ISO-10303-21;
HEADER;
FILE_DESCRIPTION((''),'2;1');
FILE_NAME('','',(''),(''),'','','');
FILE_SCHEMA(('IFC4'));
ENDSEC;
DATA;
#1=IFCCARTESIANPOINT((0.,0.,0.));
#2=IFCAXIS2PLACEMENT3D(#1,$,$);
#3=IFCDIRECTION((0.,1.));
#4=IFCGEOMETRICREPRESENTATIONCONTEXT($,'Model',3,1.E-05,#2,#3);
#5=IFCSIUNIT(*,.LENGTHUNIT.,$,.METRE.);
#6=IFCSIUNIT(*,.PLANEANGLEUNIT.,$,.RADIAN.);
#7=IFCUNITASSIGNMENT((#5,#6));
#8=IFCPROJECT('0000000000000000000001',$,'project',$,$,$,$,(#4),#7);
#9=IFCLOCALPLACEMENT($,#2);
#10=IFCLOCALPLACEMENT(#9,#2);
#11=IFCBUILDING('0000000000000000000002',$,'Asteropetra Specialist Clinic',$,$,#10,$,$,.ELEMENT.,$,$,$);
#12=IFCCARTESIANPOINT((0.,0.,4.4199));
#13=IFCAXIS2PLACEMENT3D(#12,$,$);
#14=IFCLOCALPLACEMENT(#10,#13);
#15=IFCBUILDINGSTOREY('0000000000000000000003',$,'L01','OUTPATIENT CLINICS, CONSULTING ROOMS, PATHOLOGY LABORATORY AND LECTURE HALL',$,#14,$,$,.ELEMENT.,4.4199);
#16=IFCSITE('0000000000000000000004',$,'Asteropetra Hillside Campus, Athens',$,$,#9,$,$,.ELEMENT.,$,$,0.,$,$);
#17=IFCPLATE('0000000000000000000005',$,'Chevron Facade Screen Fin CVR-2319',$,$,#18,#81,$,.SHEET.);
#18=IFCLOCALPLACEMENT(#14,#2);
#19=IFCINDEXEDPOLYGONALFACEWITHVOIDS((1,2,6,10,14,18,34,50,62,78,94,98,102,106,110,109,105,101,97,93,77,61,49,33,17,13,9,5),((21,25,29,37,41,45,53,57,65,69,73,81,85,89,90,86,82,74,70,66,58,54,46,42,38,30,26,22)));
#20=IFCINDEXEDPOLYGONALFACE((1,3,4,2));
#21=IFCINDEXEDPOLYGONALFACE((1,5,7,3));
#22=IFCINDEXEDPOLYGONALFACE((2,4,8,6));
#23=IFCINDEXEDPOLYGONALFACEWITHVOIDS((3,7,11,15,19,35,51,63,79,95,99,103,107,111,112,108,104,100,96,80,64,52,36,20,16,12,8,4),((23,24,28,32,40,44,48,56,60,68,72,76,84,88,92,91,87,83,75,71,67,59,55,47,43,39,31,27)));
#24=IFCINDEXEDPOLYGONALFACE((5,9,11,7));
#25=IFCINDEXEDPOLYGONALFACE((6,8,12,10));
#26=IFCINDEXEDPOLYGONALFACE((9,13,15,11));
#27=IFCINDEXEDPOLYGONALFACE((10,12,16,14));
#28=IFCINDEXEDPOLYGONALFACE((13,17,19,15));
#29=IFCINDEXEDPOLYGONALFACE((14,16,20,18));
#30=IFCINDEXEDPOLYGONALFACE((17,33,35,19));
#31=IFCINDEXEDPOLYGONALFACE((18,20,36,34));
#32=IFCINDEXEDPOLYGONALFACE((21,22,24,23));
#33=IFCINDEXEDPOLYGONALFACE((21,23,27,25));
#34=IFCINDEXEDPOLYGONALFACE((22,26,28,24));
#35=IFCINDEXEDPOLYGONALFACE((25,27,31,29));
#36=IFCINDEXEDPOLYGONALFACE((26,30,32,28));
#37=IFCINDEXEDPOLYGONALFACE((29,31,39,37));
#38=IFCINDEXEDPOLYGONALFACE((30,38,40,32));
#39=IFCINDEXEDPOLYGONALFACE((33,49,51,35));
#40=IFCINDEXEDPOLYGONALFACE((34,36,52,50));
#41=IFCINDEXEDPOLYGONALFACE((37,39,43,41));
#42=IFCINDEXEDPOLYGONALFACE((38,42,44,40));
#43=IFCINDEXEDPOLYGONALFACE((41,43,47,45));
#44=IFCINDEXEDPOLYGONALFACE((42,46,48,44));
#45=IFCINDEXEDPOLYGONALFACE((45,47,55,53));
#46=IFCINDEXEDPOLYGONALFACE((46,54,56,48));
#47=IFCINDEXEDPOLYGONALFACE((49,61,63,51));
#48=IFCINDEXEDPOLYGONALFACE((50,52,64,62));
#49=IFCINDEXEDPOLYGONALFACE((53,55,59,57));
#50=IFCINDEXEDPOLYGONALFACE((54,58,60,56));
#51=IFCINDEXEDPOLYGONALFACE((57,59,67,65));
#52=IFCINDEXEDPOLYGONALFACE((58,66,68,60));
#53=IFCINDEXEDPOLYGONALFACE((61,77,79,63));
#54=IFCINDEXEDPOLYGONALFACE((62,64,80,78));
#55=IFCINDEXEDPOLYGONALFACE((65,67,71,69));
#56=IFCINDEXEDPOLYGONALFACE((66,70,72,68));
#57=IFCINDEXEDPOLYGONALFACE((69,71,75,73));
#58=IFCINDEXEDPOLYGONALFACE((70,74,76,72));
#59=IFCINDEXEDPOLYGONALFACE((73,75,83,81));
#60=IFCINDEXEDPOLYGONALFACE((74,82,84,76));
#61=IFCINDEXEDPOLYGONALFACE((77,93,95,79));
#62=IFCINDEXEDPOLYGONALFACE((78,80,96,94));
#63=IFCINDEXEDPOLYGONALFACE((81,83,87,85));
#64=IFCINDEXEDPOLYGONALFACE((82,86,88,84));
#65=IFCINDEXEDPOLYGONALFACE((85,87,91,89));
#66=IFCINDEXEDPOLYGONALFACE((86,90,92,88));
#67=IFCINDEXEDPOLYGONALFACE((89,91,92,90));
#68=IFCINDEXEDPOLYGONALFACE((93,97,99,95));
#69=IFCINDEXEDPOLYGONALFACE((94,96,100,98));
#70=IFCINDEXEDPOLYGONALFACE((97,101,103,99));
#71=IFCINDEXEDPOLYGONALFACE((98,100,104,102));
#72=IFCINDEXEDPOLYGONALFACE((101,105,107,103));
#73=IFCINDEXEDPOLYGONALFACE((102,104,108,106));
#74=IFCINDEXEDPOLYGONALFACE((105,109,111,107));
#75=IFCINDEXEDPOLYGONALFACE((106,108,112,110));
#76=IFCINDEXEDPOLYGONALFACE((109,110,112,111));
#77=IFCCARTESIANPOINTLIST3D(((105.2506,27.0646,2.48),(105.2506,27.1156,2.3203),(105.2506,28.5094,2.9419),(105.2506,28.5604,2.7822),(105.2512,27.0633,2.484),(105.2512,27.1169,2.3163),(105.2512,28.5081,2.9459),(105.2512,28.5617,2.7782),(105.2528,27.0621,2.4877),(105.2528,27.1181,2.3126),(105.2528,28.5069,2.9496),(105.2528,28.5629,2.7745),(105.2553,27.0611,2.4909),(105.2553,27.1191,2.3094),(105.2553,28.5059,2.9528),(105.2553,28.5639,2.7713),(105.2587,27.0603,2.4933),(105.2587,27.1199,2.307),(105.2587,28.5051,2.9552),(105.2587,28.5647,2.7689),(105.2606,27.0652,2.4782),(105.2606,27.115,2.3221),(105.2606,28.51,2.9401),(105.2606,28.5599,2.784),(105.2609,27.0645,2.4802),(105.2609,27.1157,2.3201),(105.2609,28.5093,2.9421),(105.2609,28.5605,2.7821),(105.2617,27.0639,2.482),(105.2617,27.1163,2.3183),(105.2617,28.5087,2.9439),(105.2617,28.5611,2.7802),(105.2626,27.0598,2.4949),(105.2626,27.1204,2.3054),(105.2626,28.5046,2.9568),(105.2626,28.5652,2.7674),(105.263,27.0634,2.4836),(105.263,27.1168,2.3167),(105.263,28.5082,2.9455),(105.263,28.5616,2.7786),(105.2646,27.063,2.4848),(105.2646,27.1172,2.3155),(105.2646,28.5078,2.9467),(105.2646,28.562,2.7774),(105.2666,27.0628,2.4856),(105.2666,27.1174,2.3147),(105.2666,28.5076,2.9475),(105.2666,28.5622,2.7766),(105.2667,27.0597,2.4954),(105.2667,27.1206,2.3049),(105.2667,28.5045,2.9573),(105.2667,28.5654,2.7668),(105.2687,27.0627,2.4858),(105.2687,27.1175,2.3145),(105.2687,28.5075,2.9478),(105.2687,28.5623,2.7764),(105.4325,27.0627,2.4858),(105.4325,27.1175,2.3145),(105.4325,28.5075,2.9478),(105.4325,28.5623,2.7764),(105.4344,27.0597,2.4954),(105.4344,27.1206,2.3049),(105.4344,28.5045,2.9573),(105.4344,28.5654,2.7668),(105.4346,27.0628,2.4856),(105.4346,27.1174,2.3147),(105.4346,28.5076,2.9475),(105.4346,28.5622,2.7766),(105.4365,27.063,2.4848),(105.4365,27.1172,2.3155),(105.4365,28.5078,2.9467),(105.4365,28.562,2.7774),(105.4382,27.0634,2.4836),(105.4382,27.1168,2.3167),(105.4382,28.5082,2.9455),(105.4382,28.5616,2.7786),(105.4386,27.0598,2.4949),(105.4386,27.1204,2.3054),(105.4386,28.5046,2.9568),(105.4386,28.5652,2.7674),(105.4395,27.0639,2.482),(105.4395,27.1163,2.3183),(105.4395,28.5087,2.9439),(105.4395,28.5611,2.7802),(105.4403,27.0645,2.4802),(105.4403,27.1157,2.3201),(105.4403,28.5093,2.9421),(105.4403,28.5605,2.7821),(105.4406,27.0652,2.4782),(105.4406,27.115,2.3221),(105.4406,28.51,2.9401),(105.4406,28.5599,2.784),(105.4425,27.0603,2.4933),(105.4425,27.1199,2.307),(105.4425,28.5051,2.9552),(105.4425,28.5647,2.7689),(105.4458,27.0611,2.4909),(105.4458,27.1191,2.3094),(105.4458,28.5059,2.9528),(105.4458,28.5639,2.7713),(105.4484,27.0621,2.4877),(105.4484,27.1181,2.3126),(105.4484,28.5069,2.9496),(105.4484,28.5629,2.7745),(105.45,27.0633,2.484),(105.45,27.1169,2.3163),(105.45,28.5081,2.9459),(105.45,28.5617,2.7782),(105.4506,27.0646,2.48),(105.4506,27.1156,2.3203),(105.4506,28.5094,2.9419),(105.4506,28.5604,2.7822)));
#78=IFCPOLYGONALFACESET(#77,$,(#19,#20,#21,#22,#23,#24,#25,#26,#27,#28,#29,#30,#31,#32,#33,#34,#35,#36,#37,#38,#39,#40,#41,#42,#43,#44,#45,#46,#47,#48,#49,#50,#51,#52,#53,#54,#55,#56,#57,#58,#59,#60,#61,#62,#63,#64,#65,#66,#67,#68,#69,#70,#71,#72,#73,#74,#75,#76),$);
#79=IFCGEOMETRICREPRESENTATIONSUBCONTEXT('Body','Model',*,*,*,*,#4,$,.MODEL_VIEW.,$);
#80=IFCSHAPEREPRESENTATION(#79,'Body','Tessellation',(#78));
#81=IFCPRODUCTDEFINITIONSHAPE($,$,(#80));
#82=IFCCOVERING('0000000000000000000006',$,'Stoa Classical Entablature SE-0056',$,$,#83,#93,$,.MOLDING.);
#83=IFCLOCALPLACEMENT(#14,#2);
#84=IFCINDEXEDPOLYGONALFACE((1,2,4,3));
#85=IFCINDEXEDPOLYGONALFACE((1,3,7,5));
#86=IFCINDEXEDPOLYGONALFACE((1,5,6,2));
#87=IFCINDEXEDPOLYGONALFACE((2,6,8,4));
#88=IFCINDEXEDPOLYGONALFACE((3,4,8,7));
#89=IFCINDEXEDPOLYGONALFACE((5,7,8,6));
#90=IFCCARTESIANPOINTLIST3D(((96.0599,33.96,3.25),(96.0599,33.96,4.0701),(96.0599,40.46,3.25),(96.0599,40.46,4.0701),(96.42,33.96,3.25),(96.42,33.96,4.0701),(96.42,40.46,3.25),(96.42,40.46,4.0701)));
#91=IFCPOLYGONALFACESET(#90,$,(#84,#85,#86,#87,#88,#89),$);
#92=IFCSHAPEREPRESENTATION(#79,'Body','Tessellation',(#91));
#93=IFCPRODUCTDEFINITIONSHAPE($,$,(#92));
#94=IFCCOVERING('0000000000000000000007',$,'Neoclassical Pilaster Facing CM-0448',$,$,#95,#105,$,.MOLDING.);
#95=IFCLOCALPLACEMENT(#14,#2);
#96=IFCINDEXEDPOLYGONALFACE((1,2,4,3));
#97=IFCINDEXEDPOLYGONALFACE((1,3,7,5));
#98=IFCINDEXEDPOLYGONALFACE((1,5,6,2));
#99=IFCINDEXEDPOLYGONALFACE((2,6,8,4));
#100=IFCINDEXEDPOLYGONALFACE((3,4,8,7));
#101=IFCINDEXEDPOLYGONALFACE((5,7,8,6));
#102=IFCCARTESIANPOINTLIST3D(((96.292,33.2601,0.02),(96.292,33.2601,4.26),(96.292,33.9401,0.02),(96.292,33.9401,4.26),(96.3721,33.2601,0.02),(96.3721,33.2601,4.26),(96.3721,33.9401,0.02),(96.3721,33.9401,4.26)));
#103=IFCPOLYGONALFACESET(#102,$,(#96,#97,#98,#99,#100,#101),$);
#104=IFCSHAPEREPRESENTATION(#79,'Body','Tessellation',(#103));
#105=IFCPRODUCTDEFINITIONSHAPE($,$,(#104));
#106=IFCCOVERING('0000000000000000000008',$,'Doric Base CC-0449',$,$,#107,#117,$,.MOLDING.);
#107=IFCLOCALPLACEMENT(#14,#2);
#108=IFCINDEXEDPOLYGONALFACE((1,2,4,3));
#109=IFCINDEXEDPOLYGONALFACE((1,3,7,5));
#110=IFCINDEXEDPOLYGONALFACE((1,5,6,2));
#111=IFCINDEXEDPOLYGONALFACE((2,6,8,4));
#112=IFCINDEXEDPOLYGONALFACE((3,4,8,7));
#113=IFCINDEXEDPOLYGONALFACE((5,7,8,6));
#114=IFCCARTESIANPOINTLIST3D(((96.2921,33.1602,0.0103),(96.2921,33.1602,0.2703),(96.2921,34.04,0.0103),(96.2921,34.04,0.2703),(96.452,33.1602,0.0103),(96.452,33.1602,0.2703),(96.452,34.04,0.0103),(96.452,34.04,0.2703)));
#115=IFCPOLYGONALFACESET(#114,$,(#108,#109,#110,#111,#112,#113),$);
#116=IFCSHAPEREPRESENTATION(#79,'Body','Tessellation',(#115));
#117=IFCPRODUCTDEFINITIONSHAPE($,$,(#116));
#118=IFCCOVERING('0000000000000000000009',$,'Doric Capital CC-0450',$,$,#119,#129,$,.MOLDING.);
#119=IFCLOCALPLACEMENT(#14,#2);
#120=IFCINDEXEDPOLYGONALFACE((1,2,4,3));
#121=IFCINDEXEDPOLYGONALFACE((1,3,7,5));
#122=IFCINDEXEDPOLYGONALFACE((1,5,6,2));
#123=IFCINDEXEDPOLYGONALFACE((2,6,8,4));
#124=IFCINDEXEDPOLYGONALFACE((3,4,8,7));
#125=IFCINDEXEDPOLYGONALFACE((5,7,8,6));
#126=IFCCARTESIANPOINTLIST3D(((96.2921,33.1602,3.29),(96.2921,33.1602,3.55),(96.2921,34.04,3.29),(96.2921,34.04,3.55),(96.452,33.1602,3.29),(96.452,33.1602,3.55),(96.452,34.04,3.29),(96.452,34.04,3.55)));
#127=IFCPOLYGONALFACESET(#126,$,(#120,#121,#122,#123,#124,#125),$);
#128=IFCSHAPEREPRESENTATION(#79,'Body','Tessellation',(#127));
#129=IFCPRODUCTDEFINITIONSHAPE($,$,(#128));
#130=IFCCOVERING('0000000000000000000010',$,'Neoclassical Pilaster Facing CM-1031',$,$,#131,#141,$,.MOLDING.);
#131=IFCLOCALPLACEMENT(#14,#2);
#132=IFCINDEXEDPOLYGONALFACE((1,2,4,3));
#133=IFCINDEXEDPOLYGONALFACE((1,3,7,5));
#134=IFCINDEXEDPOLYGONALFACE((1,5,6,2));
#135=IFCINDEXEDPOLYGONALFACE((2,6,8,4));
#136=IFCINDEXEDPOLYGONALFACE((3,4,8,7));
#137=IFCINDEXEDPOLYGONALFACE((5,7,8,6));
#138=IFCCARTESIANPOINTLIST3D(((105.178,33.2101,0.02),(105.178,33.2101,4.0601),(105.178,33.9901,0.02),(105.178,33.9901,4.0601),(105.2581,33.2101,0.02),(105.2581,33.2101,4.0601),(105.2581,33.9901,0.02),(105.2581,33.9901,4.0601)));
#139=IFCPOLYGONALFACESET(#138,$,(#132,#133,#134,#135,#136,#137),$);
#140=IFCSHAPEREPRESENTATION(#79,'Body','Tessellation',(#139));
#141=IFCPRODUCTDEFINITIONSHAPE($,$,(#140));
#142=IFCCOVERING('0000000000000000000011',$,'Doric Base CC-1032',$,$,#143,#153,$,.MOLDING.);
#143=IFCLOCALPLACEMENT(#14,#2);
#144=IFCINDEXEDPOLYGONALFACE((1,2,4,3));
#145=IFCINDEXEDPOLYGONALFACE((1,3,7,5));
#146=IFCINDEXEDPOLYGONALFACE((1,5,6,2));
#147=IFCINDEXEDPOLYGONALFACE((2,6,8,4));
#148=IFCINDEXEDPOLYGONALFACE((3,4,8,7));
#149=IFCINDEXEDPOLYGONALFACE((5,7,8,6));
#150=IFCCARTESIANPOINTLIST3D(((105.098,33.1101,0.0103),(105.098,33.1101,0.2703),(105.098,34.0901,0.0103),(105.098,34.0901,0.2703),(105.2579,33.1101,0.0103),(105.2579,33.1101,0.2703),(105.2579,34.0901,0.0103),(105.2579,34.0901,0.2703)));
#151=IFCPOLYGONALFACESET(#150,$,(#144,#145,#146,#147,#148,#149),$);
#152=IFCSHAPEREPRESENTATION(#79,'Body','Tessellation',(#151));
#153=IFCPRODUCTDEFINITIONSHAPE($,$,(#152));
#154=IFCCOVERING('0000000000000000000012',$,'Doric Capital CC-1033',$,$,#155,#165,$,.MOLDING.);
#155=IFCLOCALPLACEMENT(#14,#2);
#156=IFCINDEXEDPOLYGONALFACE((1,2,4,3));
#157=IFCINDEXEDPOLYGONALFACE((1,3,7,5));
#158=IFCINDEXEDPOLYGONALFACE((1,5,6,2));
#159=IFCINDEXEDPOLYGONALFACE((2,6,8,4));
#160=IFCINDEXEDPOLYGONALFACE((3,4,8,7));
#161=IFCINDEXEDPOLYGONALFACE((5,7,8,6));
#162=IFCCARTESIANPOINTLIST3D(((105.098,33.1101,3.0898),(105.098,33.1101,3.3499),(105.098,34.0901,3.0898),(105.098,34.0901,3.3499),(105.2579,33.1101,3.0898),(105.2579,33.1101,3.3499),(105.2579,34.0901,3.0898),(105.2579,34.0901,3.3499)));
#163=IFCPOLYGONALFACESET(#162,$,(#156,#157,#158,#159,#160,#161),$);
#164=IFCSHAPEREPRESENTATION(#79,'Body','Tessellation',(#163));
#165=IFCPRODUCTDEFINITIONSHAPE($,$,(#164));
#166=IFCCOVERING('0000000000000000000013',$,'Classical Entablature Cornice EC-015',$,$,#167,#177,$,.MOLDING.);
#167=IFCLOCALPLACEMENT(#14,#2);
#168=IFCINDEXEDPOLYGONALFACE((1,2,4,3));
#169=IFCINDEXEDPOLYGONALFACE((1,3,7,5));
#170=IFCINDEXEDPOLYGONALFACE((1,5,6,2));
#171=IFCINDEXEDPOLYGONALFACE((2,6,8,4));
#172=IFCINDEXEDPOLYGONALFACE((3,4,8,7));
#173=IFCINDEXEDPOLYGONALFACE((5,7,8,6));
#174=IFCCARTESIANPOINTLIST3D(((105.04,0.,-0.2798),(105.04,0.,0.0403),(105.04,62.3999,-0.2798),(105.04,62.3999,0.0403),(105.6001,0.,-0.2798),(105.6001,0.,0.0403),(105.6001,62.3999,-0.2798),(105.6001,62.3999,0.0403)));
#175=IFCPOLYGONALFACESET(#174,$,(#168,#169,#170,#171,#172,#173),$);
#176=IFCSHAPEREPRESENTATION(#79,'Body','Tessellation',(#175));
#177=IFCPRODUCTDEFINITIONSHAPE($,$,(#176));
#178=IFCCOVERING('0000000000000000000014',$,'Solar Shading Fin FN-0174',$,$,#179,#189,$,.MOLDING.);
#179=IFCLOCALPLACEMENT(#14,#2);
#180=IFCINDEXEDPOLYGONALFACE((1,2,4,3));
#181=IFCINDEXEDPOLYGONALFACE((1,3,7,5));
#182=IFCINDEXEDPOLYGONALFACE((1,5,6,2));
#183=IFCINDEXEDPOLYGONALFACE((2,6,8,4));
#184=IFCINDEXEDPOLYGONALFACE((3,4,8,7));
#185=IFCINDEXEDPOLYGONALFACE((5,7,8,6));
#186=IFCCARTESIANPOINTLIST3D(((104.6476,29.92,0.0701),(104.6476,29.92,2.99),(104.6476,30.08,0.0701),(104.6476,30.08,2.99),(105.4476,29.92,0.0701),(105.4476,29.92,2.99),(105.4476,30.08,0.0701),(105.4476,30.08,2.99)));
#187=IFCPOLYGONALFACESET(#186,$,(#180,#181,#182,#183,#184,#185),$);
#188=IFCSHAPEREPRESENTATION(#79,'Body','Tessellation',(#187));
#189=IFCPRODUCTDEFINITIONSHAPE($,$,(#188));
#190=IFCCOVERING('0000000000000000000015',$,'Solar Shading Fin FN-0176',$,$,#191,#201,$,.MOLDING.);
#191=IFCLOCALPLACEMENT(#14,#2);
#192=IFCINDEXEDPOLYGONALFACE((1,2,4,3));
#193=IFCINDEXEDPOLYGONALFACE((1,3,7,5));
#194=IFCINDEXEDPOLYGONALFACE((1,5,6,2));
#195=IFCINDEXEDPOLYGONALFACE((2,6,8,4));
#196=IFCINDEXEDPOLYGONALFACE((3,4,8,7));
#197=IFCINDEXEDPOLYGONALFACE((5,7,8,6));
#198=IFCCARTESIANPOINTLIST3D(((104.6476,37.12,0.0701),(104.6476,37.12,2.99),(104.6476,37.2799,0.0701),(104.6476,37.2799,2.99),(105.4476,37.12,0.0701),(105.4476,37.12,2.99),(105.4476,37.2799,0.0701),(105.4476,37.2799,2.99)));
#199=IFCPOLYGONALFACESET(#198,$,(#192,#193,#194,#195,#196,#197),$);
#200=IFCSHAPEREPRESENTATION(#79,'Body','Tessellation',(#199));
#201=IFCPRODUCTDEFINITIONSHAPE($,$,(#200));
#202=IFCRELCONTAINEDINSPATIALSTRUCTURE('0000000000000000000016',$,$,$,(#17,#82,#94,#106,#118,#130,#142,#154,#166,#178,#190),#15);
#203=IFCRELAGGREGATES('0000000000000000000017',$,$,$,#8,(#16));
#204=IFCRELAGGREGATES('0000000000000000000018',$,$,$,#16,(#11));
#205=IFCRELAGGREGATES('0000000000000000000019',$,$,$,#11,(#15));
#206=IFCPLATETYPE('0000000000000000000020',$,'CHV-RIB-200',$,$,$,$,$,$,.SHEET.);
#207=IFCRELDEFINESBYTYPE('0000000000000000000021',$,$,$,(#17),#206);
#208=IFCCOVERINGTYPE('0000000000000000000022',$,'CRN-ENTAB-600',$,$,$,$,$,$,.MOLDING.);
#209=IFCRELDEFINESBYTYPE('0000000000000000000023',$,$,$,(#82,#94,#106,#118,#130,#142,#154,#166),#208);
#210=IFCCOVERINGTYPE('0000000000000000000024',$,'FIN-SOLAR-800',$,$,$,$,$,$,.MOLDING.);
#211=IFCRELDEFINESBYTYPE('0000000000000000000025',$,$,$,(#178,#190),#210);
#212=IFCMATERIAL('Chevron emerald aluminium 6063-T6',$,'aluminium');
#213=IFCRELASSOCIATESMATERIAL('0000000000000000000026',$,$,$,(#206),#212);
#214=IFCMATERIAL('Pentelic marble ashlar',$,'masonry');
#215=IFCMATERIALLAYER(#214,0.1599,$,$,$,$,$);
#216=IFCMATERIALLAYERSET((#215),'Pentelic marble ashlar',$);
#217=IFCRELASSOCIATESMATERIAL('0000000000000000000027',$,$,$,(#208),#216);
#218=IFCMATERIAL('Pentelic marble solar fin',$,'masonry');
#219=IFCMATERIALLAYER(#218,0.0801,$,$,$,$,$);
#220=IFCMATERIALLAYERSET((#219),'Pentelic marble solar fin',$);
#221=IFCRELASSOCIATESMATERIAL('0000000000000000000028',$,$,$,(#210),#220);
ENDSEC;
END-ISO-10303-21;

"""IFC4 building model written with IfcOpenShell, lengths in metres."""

from ifc_helpers import new_model, si_unit, direction, frame, origin, origin_2d, place, context, subcontext, project, spatial, rectangle, hollow_rectangle, extrude, material, layer, layer_set, material_profile, profile_set, type_object, element, save


model = new_model("IFC4")

# Units and contexts
model_context = context("Model", 3, precision=1e-05, world=origin(), true_north=direction((0.0, 1.0)))
body_context = subcontext(model_context, "Body", "Model", "MODEL_VIEW")
ifc_project = project(units=[si_unit("LENGTHUNIT", "METRE"), si_unit("PLANEANGLEUNIT", "RADIAN")], contexts=[model_context])

# Site, building, storey
site_placement = place(None, origin())
site = spatial("IfcSite", under=ifc_project, at=site_placement, Name="Asteropetra Hillside Campus, Athens", CompositionType="ELEMENT", RefElevation=0.0)
building_placement = place(site_placement, origin())
building = spatial("IfcBuilding", under=site, at=building_placement, Name="Asteropetra Specialist Clinic", CompositionType="ELEMENT")
storey_placement = place(building_placement, frame((0.0, 0.0, 4.4199)))
storey = spatial("IfcBuildingStorey", under=building, at=storey_placement, Name="L01", Description="OUTPATIENT CLINICS, CONSULTING ROOMS, PATHOLOGY LABORATORY AND LECTURE HALL", CompositionType="ELEMENT", Elevation=4.4199)

# Plate
ifc_material_1 = material(Name="Chevron emerald aluminium 6063-T6", Category="aluminium")
ifc_material_profile_1 = material_profile(ifc_material_1, hollow_rectangle(XDim=0.2, YDim=0.2, WallThickness=0.01, InnerFilletRadius=0.0081, OuterFilletRadius=0.0161, at=origin_2d()), Name="SHS 200x200x10.0")
ifc_profile_set_1 = profile_set([ifc_material_profile_1], Name="Chevron emerald aluminium 6063-T6")
plate_type = type_object("IfcPlateType", Name="CHV-RIB-200", PredefinedType="SHEET", material=ifc_profile_set_1)
plate_1_placement = place(storey_placement, frame((105.3506, 28.5349, 2.8621), z_axis=(0.0, -0.952506, -0.304519), x_axis=(1.0, 0.0, 0.0)))
element("IfcPlate", 1, at=plate_1_placement, inside=storey, type_object=plate_type, Name="Chevron Facade Screen Fin CVR-2319", PredefinedType="SHEET", context=body_context, shape_type="SweptSolid", body=[
    extrude(hollow_rectangle(XDim=0.2, YDim=0.2, WallThickness=0.01, InnerFilletRadius=0.0081, OuterFilletRadius=0.0161, at=origin_2d()), origin(), (0.0, 0.0, 1.0), 1.5168),
])

# Coverings
ifc_material_2 = material(Name="Pentelic marble ashlar", Category="masonry")
ifc_layer_1 = layer(ifc_material_2, 0.1599)
ifc_layer_set_1 = layer_set([ifc_layer_1], Name="Pentelic marble ashlar")
covering_type_1 = type_object("IfcCoveringType", Name="CRN-ENTAB-600", PredefinedType="MOLDING", material=ifc_layer_set_1)
covering_1_placement = place(storey_placement, frame((96.24, 37.21, 3.25), z_axis=(0.0, 0.0, 1.0), x_axis=(1.0, 0.0, 0.0)))
element("IfcCovering", 2, at=covering_1_placement, inside=storey, type_object=covering_type_1, Name="Stoa Classical Entablature SE-0056", PredefinedType="MOLDING", context=body_context, shape_type="SweptSolid", body=[
    extrude(rectangle(XDim=0.3601, YDim=6.5, at=origin_2d()), origin(), (0.0, 0.0, 1.0), 0.8201),
])
covering_2_placement = place(storey_placement, frame((96.332, 33.6001, 0.02), z_axis=(0.0, 0.0, 1.0), x_axis=(1.0, 0.0, 0.0)))
element("IfcCovering", 3, at=covering_2_placement, inside=storey, type_object=covering_type_1, Name="Neoclassical Pilaster Facing CM-0448", PredefinedType="MOLDING", context=body_context, shape_type="SweptSolid", body=[
    extrude(rectangle(XDim=0.0801, YDim=0.6799, at=origin_2d()), origin(), (0.0, 0.0, 1.0), 4.24),
])
for number, where, z_axis, x_axis, name in (
    (4, (96.3721, 33.6001, 0.0103), (0.0, 0.0, 1.0), (1.0, 0.0, 0.0), "Doric Base CC-0449"),
    (5, (96.3721, 33.6001, 3.29), (0.0, 0.0, 1.0), (1.0, 0.0, 0.0), "Doric Capital CC-0450"),
):
    element("IfcCovering", number, at=place(storey_placement, frame(where, z_axis=z_axis, x_axis=x_axis)), inside=storey, type_object=covering_type_1, Name=name, PredefinedType="MOLDING", context=body_context, shape_type="SweptSolid", body=[
        extrude(rectangle(XDim=0.1599, YDim=0.8799, at=origin_2d()), origin(), (0.0, 0.0, 1.0), 0.26),
    ])
covering_3_placement = place(storey_placement, frame((105.218, 33.6001, 0.02), z_axis=(0.0, 0.0, 1.0), x_axis=(1.0, 0.0, 0.0)))
element("IfcCovering", 6, at=covering_3_placement, inside=storey, type_object=covering_type_1, Name="Neoclassical Pilaster Facing CM-1031", PredefinedType="MOLDING", context=body_context, shape_type="SweptSolid", body=[
    extrude(rectangle(XDim=0.0801, YDim=0.78, at=origin_2d()), origin(), (0.0, 0.0, 1.0), 4.04),
])
for number, where, z_axis, x_axis, name in (
    (7, (105.178, 33.6001, 0.0103), (0.0, 0.0, 1.0), (1.0, 0.0, 0.0), "Doric Base CC-1032"),
    (8, (105.178, 33.6001, 3.0898), (0.0, 0.0, 1.0), (1.0, 0.0, 0.0), "Doric Capital CC-1033"),
):
    element("IfcCovering", number, at=place(storey_placement, frame(where, z_axis=z_axis, x_axis=x_axis)), inside=storey, type_object=covering_type_1, Name=name, PredefinedType="MOLDING", context=body_context, shape_type="SweptSolid", body=[
        extrude(rectangle(XDim=0.1599, YDim=0.98, at=origin_2d()), origin(), (0.0, 0.0, 1.0), 0.26),
    ])
covering_4_placement = place(storey_placement, frame((105.3201, 31.2, -0.2798), z_axis=(0.0, 0.0, 1.0), x_axis=(1.0, 0.0, 0.0)))
element("IfcCovering", 9, at=covering_4_placement, inside=storey, type_object=covering_type_1, Name="Classical Entablature Cornice EC-015", PredefinedType="MOLDING", context=body_context, shape_type="SweptSolid", body=[
    extrude(rectangle(XDim=0.5601, YDim=62.3999, at=origin_2d()), origin(), (0.0, 0.0, 1.0), 0.3201),
])
ifc_material_3 = material(Name="Pentelic marble solar fin", Category="masonry")
ifc_layer_2 = layer(ifc_material_3, 0.0801)
ifc_layer_set_2 = layer_set([ifc_layer_2], Name="Pentelic marble solar fin")
covering_type_2 = type_object("IfcCoveringType", Name="FIN-SOLAR-800", PredefinedType="MOLDING", material=ifc_layer_set_2)
for number, where, z_axis, x_axis, name in (
    (10, (105.0476, 30.0, 0.0701), (0.0, 0.0, 1.0), (1.0, 0.0, 0.0), "Solar Shading Fin FN-0174"),
    (11, (105.0476, 37.2, 0.0701), (0.0, 0.0, 1.0), (1.0, 0.0, 0.0), "Solar Shading Fin FN-0176"),
):
    element("IfcCovering", number, at=place(storey_placement, frame(where, z_axis=z_axis, x_axis=x_axis)), inside=storey, type_object=covering_type_2, Name=name, PredefinedType="MOLDING", context=body_context, shape_type="SweptSolid", body=[
        extrude(rectangle(XDim=0.8, YDim=0.1599, at=origin_2d()), origin(), (0.0, 0.0, 1.0), 2.9199),
    ])

save(model, "model.ifc")
